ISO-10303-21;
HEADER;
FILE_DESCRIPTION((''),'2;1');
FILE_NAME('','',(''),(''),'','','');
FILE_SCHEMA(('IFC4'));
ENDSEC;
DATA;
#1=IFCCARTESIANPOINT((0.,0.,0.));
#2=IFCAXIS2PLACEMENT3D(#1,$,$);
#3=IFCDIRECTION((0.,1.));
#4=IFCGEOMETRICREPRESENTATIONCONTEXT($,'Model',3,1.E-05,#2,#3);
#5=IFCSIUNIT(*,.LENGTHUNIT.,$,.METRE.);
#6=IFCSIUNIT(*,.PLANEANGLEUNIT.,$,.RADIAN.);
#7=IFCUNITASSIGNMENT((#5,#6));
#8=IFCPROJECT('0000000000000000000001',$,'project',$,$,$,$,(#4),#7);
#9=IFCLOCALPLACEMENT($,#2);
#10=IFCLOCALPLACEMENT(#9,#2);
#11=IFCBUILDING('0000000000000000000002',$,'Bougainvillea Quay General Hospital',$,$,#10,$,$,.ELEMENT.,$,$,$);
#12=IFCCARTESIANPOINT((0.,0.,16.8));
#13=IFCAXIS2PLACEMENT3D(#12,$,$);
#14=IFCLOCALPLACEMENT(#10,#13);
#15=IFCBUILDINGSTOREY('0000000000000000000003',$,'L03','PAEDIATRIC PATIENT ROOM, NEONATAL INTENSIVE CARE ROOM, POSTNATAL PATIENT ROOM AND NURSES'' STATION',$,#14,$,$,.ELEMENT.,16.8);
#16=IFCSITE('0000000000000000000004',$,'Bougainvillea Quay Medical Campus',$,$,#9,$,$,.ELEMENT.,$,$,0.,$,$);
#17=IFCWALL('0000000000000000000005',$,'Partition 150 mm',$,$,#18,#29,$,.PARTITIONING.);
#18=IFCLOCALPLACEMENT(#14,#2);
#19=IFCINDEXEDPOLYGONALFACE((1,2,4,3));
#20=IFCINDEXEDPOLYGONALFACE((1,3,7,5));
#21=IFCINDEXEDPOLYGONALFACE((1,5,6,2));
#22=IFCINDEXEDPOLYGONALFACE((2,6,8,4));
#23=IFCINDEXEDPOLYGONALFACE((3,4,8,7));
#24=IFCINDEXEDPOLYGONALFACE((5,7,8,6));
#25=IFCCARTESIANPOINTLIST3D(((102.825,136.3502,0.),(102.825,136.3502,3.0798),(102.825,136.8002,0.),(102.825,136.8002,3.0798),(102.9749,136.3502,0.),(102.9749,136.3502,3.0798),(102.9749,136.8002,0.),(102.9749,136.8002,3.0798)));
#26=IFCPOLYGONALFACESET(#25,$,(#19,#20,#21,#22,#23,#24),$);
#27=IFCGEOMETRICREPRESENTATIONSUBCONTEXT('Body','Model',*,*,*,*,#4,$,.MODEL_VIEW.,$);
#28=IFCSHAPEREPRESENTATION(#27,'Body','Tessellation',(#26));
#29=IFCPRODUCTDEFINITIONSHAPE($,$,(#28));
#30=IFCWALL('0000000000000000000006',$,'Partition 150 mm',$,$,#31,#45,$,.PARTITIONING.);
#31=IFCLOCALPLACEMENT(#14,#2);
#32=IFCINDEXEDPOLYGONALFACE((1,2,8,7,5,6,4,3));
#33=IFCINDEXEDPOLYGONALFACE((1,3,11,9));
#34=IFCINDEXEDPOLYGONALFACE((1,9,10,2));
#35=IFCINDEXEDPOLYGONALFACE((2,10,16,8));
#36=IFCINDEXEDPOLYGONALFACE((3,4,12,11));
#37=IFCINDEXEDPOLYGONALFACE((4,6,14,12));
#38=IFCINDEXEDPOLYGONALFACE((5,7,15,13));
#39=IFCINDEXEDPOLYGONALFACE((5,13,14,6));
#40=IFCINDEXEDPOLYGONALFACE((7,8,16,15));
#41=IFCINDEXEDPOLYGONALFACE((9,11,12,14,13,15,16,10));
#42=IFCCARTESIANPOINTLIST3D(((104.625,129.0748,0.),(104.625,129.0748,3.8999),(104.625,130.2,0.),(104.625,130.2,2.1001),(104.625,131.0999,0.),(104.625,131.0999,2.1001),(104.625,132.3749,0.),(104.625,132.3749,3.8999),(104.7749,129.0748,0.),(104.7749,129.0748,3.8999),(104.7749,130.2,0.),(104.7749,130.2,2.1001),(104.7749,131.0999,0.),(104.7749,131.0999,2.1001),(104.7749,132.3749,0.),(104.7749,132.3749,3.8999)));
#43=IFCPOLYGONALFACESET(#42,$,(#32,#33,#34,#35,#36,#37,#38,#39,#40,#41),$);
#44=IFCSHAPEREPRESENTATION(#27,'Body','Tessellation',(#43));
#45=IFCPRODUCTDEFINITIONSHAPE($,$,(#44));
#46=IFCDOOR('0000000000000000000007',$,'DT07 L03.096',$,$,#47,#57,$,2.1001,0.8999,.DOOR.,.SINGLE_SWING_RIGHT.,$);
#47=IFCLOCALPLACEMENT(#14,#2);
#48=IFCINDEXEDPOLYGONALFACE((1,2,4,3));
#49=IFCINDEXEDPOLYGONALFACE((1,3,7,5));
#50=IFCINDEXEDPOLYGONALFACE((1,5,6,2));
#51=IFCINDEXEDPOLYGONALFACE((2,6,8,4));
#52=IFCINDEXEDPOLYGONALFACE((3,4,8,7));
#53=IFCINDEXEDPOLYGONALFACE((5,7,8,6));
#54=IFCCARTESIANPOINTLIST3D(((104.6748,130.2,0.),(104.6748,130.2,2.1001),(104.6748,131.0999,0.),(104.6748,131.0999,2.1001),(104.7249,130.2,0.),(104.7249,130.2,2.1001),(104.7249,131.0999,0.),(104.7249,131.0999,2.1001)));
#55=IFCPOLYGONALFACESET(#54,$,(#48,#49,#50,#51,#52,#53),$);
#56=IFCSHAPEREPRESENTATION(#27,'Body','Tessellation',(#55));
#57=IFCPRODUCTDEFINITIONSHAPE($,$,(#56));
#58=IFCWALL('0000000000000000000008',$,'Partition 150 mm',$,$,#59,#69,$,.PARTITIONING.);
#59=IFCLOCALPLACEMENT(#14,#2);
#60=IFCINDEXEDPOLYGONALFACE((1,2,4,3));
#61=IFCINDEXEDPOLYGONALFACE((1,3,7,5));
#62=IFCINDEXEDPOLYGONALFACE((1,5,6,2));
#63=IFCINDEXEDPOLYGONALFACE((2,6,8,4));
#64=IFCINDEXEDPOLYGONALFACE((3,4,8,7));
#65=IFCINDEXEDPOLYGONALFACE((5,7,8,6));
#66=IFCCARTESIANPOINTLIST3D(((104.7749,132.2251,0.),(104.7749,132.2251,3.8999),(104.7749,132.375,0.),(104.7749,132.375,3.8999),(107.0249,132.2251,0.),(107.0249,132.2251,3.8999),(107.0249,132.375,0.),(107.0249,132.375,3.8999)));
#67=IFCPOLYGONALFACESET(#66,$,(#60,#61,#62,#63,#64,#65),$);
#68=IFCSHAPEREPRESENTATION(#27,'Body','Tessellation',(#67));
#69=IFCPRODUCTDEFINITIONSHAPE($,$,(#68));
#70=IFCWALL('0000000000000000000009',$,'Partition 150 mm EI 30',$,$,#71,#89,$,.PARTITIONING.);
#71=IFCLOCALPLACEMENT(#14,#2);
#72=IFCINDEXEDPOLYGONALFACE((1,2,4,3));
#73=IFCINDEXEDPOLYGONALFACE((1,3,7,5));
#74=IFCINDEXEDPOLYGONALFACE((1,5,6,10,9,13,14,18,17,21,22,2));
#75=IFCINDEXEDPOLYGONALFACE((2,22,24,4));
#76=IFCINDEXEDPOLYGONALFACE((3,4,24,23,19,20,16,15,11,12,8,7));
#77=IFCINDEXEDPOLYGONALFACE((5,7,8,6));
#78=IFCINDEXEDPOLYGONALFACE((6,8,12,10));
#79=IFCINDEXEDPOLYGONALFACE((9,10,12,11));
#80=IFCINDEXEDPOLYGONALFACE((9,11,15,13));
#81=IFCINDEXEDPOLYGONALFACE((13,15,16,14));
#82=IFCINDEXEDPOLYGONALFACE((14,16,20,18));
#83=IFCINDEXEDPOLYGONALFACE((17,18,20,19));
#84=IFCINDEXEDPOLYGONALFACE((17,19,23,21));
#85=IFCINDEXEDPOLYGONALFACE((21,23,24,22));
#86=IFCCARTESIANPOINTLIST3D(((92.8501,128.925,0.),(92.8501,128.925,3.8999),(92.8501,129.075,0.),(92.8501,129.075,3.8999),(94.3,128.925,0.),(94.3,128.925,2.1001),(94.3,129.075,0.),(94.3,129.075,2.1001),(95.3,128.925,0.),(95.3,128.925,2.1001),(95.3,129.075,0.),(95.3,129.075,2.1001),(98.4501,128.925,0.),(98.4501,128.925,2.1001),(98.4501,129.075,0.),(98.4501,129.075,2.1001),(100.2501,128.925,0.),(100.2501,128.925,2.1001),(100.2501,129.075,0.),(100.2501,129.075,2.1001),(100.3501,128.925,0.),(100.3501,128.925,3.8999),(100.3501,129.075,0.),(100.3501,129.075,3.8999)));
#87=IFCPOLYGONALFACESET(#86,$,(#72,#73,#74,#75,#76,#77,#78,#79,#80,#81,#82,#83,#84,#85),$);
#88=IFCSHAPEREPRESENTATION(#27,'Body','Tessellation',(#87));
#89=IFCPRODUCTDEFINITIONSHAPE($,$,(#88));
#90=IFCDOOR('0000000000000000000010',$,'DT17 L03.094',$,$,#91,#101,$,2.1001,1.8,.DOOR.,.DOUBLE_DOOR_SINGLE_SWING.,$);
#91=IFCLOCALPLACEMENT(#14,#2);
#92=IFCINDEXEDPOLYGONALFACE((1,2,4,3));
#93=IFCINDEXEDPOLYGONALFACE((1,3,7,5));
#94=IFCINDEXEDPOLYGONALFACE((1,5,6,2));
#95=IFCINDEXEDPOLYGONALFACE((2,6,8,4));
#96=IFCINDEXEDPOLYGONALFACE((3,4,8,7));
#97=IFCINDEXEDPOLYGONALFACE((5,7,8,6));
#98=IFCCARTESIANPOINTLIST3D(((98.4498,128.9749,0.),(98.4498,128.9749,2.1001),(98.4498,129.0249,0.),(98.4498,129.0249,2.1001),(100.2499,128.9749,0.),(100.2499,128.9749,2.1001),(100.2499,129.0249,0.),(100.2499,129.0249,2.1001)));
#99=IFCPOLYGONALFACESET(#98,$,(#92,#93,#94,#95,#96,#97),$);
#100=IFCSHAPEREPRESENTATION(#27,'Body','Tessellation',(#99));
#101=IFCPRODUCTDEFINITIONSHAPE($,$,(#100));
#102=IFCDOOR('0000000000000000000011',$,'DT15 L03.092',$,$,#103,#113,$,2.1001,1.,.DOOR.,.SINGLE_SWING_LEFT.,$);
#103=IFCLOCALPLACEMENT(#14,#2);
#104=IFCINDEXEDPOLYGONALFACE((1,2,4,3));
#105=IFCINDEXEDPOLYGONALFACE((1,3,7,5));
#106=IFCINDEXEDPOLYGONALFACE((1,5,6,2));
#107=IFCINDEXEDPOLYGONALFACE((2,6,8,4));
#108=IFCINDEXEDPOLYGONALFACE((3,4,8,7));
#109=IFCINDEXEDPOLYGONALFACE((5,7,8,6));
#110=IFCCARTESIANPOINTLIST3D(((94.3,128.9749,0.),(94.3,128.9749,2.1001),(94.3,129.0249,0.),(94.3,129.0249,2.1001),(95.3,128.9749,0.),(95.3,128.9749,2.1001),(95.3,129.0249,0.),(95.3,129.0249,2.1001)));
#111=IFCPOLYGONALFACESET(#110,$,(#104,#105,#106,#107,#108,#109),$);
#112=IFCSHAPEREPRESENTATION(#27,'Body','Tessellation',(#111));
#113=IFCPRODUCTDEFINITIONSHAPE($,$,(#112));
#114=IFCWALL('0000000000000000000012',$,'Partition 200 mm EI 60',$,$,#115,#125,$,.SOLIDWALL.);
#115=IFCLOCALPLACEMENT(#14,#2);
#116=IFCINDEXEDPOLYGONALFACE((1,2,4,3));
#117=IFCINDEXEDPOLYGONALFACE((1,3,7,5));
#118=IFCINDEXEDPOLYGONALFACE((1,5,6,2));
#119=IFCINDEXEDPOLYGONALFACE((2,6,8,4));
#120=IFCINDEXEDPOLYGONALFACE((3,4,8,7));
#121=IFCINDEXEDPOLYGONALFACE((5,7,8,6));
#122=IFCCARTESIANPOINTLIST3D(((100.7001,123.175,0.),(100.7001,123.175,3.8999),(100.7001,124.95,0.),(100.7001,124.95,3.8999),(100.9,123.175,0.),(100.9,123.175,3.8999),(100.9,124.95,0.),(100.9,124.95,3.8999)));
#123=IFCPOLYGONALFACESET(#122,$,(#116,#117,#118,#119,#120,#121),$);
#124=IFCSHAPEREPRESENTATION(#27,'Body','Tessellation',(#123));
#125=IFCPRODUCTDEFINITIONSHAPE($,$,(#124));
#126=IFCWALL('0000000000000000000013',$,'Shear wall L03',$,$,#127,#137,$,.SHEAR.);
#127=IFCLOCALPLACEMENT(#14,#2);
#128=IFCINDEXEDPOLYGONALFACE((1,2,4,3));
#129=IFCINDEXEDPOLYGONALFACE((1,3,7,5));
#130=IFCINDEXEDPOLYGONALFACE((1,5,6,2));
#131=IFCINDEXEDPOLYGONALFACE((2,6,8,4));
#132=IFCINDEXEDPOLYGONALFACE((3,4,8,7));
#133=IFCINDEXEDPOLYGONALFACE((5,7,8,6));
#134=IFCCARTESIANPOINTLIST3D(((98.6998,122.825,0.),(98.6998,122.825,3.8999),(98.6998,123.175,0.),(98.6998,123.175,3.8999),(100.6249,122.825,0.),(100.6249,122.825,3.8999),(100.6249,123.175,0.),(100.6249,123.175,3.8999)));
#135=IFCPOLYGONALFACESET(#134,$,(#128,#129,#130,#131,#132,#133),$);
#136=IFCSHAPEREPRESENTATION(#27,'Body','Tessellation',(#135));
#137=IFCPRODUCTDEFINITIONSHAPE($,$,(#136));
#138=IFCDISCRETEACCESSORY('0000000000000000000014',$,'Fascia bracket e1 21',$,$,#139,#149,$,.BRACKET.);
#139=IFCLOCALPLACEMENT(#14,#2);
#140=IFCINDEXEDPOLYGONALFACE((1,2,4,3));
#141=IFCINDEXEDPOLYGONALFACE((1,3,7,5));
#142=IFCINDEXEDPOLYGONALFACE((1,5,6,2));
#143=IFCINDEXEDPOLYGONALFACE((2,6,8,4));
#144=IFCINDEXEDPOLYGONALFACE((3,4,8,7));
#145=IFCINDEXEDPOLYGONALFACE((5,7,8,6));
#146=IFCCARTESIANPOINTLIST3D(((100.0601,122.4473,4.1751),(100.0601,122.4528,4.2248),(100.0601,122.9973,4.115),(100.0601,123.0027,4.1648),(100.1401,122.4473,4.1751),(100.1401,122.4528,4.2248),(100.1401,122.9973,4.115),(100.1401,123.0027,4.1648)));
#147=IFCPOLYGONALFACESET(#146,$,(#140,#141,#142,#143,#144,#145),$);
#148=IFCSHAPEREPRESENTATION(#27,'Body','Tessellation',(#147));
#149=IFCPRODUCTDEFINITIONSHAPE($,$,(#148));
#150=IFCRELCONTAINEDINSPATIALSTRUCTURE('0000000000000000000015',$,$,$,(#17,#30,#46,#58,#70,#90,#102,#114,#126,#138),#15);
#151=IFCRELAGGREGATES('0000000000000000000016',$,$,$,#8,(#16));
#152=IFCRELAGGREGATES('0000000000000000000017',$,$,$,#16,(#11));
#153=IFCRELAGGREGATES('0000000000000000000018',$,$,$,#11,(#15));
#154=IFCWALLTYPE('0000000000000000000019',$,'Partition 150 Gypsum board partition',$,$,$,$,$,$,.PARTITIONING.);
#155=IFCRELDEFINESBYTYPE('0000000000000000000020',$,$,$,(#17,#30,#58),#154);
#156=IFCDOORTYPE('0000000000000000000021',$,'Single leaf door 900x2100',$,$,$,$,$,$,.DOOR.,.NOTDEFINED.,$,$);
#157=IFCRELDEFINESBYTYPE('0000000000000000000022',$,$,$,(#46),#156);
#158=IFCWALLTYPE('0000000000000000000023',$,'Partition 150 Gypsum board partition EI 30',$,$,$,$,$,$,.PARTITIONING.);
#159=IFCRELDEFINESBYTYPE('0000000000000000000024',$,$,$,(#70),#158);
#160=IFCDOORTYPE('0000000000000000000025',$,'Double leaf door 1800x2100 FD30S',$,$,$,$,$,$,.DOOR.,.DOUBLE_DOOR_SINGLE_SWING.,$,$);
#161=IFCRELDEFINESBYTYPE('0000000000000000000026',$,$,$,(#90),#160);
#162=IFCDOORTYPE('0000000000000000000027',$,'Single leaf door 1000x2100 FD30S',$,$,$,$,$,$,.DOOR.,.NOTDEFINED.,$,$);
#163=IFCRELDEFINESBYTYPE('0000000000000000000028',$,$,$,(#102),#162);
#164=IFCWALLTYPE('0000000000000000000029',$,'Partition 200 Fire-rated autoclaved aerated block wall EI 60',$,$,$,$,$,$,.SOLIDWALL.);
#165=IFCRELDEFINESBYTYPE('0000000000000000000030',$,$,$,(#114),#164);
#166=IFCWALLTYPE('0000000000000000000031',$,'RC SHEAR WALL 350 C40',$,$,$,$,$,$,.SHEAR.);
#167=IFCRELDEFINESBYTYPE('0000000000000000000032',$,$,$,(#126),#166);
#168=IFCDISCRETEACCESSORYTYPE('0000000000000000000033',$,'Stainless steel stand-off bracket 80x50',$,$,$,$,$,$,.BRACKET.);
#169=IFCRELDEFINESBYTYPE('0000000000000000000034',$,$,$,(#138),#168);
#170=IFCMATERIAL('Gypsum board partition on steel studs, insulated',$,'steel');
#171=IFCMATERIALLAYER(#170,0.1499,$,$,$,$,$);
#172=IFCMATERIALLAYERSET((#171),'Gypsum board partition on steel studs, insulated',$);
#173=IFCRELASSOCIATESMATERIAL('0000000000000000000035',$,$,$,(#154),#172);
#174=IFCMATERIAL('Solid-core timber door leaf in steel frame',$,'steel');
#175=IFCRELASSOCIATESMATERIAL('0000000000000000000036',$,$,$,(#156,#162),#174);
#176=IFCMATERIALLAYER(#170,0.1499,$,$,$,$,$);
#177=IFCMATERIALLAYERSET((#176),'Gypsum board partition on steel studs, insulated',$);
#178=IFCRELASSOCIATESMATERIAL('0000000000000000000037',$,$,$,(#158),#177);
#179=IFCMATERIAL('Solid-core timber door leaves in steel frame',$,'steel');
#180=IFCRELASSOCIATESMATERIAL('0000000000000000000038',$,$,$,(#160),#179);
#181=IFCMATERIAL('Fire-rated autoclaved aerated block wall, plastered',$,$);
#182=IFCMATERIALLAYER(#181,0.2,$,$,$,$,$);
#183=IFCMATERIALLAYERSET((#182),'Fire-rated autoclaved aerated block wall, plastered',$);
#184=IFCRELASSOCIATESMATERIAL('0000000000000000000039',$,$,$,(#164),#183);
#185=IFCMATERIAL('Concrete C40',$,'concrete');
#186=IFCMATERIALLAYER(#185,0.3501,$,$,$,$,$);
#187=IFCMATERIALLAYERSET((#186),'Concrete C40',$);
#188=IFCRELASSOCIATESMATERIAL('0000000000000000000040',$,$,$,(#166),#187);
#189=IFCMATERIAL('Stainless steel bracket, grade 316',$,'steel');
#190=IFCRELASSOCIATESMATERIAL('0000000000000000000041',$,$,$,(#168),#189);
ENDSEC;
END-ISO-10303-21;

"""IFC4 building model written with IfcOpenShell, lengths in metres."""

from ifc_helpers import new_model, si_unit, direction, frame, frame_2d, origin, origin_2d, place, context, subcontext, project, spatial, rectangle, extrude, material, layer, layer_set, material_profile, profile_set, type_object, element, fill, save


model = new_model("IFC4")

# Units and contexts
model_context = context("Model", 3, precision=1e-05, world=origin(), true_north=direction((0.0, 1.0)))
body_context = subcontext(model_context, "Body", "Model", "MODEL_VIEW")
ifc_project = project(units=[si_unit("LENGTHUNIT", "METRE"), si_unit("PLANEANGLEUNIT", "RADIAN")], contexts=[model_context])

# Site, building, storey
site_placement = place(None, origin())
site = spatial("IfcSite", under=ifc_project, at=site_placement, Name="Bougainvillea Quay Medical Campus", CompositionType="ELEMENT", RefElevation=0.0)
building_placement = place(site_placement, origin())
building = spatial("IfcBuilding", under=site, at=building_placement, Name="Bougainvillea Quay General Hospital", CompositionType="ELEMENT")
storey_placement = place(building_placement, frame((0.0, 0.0, 16.8)))
storey = spatial("IfcBuildingStorey", under=building, at=storey_placement, Name="L03", Description="PAEDIATRIC PATIENT ROOM, NEONATAL INTENSIVE CARE ROOM, POSTNATAL PATIENT ROOM AND NURSES' STATION", CompositionType="ELEMENT", Elevation=16.8)

# Shared definitions
ifc_material_1 = material(Name="Concrete C40", Category="concrete")

# Wall
ifc_material_2 = material(Name="Gypsum board partition on steel studs, insulated", Category="steel")
ifc_layer_1 = layer(ifc_material_2, 0.1499)
ifc_layer_set_1 = layer_set([ifc_layer_1], Name="Gypsum board partition on steel studs, insulated")
wall_type_1 = type_object("IfcWallType", Name="Partition 150 Gypsum board partition", PredefinedType="PARTITIONING", material=ifc_layer_set_1)
wall_1_placement = place(storey_placement, frame((102.8999, 136.3501, 0.0), z_axis=(0.0, 0.0, 1.0), x_axis=(0.0, 1.0, 0.0)))
element("IfcWall", 1, at=wall_1_placement, inside=storey, type_object=wall_type_1, Name="Partition 150 mm", PredefinedType="PARTITIONING", context=body_context, shape_type="SweptSolid", body=[
    extrude(rectangle(XDim=0.45, YDim=0.1499, at=frame_2d((0.2251, 0.0))), origin(), (0.0, 0.0, 1.0), 3.0798),
])

# Wall, opening, door
wall_2_placement = place(storey_placement, frame((104.7, 129.075, 0.0), z_axis=(0.0, 0.0, 1.0), x_axis=(0.0, 1.0, 0.0)))
wall_2 = element("IfcWall", 2, at=wall_2_placement, inside=storey, type_object=wall_type_1, Name="Partition 150 mm", PredefinedType="PARTITIONING", context=body_context, shape_type="SweptSolid", body=[
    extrude(rectangle(XDim=3.3, YDim=0.1499, at=frame_2d((1.6499, 0.0))), origin(), (0.0, 0.0, 1.0), 3.8999),
])
opening_1_placement = place(wall_2_placement, frame((1.125, 0.0, 0.0)))
opening_1 = element("IfcOpeningElement", 3, at=opening_1_placement, cuts=wall_2, PredefinedType="OPENING", context=body_context, shape_type="SweptSolid", body=[
    extrude(rectangle(XDim=0.8999, YDim=2.1001, at=frame_2d((0.45, 1.05))), frame((0.0, 0.085, 0.0), z_axis=(0.0, -1.0, 0.0), x_axis=(1.0, 0.0, 0.0)), (0.0, 0.0, 1.0), 0.1699),
])
ifc_material_3 = material(Name="Solid-core timber door leaf in steel frame", Category="steel")
door_type_1 = type_object("IfcDoorType", Name="Single leaf door 900x2100", OperationType="NOTDEFINED", PredefinedType="DOOR", material=ifc_material_3)
door_1_placement = place(opening_1_placement, frame((0.8999, 0.0, 0.0), z_axis=(0.0, 0.0, 1.0), x_axis=(-1.0, 0.0, 0.0)))
door_1 = element("IfcDoor", 4, at=door_1_placement, inside=storey, type_object=door_type_1, Name="DT07 L03.096", OperationType="SINGLE_SWING_RIGHT", OverallHeight=2.1001, OverallWidth=0.8999, PredefinedType="DOOR", context=body_context, shape_type="SweptSolid", body=[
    extrude(rectangle(XDim=0.8999, YDim=2.1001, at=frame_2d((0.45, 1.05))), frame((0.0, 0.0249, 0.0), z_axis=(0.0, -1.0, 0.0), x_axis=(1.0, 0.0, 0.0)), (0.0, 0.0, 1.0), 0.05),
])
fill(opening_1, door_1)

# Wall
wall_3_placement = place(storey_placement, frame((104.7749, 132.3, 0.0), z_axis=(0.0, 0.0, 1.0), x_axis=(1.0, 0.0, 0.0)))
element("IfcWall", 5, at=wall_3_placement, inside=storey, type_object=wall_type_1, Name="Partition 150 mm", PredefinedType="PARTITIONING", context=body_context, shape_type="SweptSolid", body=[
    extrude(rectangle(XDim=2.25, YDim=0.1499, at=frame_2d((1.125, 0.0))), origin(), (0.0, 0.0, 1.0), 3.8999),
])

# Wall, openings, doors
ifc_layer_2 = layer(ifc_material_2, 0.1499)
ifc_layer_set_2 = layer_set([ifc_layer_2], Name="Gypsum board partition on steel studs, insulated")
wall_type_2 = type_object("IfcWallType", Name="Partition 150 Gypsum board partition EI 30", PredefinedType="PARTITIONING", material=ifc_layer_set_2)
wall_4_placement = place(storey_placement, frame((100.3501, 129.0, 0.0), z_axis=(0.0, 0.0, 1.0), x_axis=(-1.0, 0.0, 0.0)))
wall_4 = element("IfcWall", 6, at=wall_4_placement, inside=storey, type_object=wall_type_2, Name="Partition 150 mm EI 30", PredefinedType="PARTITIONING", context=body_context, shape_type="SweptSolid", body=[
    extrude(rectangle(XDim=7.5, YDim=0.1499, at=frame_2d((3.75, 0.0))), origin(), (0.0, 0.0, 1.0), 3.8999),
])
opening_2_placement = place(wall_4_placement, frame((5.05, 0.0, 0.0)))
opening_2 = element("IfcOpeningElement", 7, at=opening_2_placement, cuts=wall_4, PredefinedType="OPENING", context=body_context, shape_type="SweptSolid", body=[
    extrude(rectangle(XDim=1.0, YDim=2.1001, at=frame_2d((0.5, 1.05))), frame((0.0, 0.085, 0.0), z_axis=(0.0, -1.0, 0.0), x_axis=(1.0, 0.0, 0.0)), (0.0, 0.0, 1.0), 0.1699),
])
opening_3_placement = place(wall_4_placement, frame((0.1001, 0.0, 0.0)))
opening_3 = element("IfcOpeningElement", 8, at=opening_3_placement, cuts=wall_4, PredefinedType="OPENING", context=body_context, shape_type="SweptSolid", body=[
    extrude(rectangle(XDim=1.8, YDim=2.1001, at=frame_2d((0.8999, 1.05))), frame((0.0, 0.085, 0.0), z_axis=(0.0, -1.0, 0.0), x_axis=(1.0, 0.0, 0.0)), (0.0, 0.0, 1.0), 0.1699),
])
ifc_material_4 = material(Name="Solid-core timber door leaves in steel frame", Category="steel")
door_type_2 = type_object("IfcDoorType", Name="Double leaf door 1800x2100 FD30S", OperationType="DOUBLE_DOOR_SINGLE_SWING", PredefinedType="DOOR", material=ifc_material_4)
door_2_placement = place(opening_3_placement, frame((1.8, 0.0, 0.0), z_axis=(0.0, 0.0, 1.0), x_axis=(-1.0, 0.0, 0.0)))
door_2 = element("IfcDoor", 9, at=door_2_placement, inside=storey, type_object=door_type_2, Name="DT17 L03.094", OperationType="DOUBLE_DOOR_SINGLE_SWING", OverallHeight=2.1001, OverallWidth=1.8, PredefinedType="DOOR", context=body_context, shape_type="SweptSolid", body=[
    extrude(rectangle(XDim=1.8, YDim=2.1001, at=frame_2d((0.8999, 1.05))), frame((0.0, 0.0249, 0.0), z_axis=(0.0, -1.0, 0.0), x_axis=(1.0, 0.0, 0.0)), (0.0, 0.0, 1.0), 0.05),
])
fill(opening_3, door_2)
door_type_3 = type_object("IfcDoorType", Name="Single leaf door 1000x2100 FD30S", OperationType="NOTDEFINED", PredefinedType="DOOR", material=ifc_material_3)
door_3_placement = place(opening_2_placement, frame((1.0, 0.0, 0.0), z_axis=(0.0, 0.0, 1.0), x_axis=(-1.0, 0.0, 0.0)))
door_3 = element("IfcDoor", 10, at=door_3_placement, inside=storey, type_object=door_type_3, Name="DT15 L03.092", OperationType="SINGLE_SWING_LEFT", OverallHeight=2.1001, OverallWidth=1.0, PredefinedType="DOOR", context=body_context, shape_type="SweptSolid", body=[
    extrude(rectangle(XDim=1.0, YDim=2.1001, at=frame_2d((0.5, 1.05))), frame((0.0, 0.0249, 0.0), z_axis=(0.0, -1.0, 0.0), x_axis=(1.0, 0.0, 0.0)), (0.0, 0.0, 1.0), 0.05),
])
fill(opening_2, door_3)

# Walls
ifc_material_5 = material(Name="Fire-rated autoclaved aerated block wall, plastered")
ifc_layer_3 = layer(ifc_material_5, 0.2)
ifc_layer_set_3 = layer_set([ifc_layer_3], Name="Fire-rated autoclaved aerated block wall, plastered")
wall_type_3 = type_object("IfcWallType", Name="Partition 200 Fire-rated autoclaved aerated block wall EI 60", PredefinedType="SOLIDWALL", material=ifc_layer_set_3)
wall_5_placement = place(storey_placement, frame((100.8, 123.175, 0.0), z_axis=(0.0, 0.0, 1.0), x_axis=(0.0, 1.0, 0.0)))
element("IfcWall", 11, at=wall_5_placement, inside=storey, type_object=wall_type_3, Name="Partition 200 mm EI 60", PredefinedType="SOLIDWALL", context=body_context, shape_type="SweptSolid", body=[
    extrude(rectangle(XDim=1.7749, YDim=0.2, at=frame_2d((0.8875, 0.0))), origin(), (0.0, 0.0, 1.0), 3.8999),
])
ifc_layer_4 = layer(ifc_material_1, 0.3501)
ifc_layer_set_4 = layer_set([ifc_layer_4], Name="Concrete C40")
wall_type_4 = type_object("IfcWallType", Name="RC SHEAR WALL 350 C40", PredefinedType="SHEAR", material=ifc_layer_set_4)
wall_6_placement = place(storey_placement, frame((98.7, 123.0, 0.0), z_axis=(0.0, 0.0, 1.0), x_axis=(1.0, 0.0, 0.0)))
element("IfcWall", 12, at=wall_6_placement, inside=storey, type_object=wall_type_4, Name="Shear wall L03", PredefinedType="SHEAR", context=body_context, shape_type="SweptSolid", body=[
    extrude(rectangle(XDim=1.925, YDim=0.3501, at=frame_2d((0.9624, 0.0))), origin(), (0.0, 0.0, 1.0), 3.8999),
])

# Discrete accessory
ifc_material_6 = material(Name="Stainless steel bracket, grade 316", Category="steel")
ifc_material_profile_1 = material_profile(ifc_material_6, rectangle(XDim=0.0801, YDim=0.05, at=origin_2d()))
ifc_profile_set_1 = profile_set([ifc_material_profile_1], Name="Stainless steel bracket, grade 316")
discrete_accessory_type = type_object("IfcDiscreteAccessoryType", Name="Stainless steel stand-off bracket 80x50", PredefinedType="BRACKET", material=ifc_profile_set_1)
discrete_accessory_placement = place(storey_placement, frame((100.1001, 123.0, 4.1399), z_axis=(0.0, -0.994092, 0.108543), x_axis=(1.0, 0.0, 0.0)))
element("IfcDiscreteAccessory", 13, at=discrete_accessory_placement, inside=storey, type_object=discrete_accessory_type, Name="Fascia bracket e1 21", PredefinedType="BRACKET", context=body_context, shape_type="SweptSolid", body=[
    extrude(rectangle(XDim=0.0801, YDim=0.05, at=origin_2d()), origin(), (0.0, 0.0, 1.0), 0.5532),
])

save(model, "model.ifc")
